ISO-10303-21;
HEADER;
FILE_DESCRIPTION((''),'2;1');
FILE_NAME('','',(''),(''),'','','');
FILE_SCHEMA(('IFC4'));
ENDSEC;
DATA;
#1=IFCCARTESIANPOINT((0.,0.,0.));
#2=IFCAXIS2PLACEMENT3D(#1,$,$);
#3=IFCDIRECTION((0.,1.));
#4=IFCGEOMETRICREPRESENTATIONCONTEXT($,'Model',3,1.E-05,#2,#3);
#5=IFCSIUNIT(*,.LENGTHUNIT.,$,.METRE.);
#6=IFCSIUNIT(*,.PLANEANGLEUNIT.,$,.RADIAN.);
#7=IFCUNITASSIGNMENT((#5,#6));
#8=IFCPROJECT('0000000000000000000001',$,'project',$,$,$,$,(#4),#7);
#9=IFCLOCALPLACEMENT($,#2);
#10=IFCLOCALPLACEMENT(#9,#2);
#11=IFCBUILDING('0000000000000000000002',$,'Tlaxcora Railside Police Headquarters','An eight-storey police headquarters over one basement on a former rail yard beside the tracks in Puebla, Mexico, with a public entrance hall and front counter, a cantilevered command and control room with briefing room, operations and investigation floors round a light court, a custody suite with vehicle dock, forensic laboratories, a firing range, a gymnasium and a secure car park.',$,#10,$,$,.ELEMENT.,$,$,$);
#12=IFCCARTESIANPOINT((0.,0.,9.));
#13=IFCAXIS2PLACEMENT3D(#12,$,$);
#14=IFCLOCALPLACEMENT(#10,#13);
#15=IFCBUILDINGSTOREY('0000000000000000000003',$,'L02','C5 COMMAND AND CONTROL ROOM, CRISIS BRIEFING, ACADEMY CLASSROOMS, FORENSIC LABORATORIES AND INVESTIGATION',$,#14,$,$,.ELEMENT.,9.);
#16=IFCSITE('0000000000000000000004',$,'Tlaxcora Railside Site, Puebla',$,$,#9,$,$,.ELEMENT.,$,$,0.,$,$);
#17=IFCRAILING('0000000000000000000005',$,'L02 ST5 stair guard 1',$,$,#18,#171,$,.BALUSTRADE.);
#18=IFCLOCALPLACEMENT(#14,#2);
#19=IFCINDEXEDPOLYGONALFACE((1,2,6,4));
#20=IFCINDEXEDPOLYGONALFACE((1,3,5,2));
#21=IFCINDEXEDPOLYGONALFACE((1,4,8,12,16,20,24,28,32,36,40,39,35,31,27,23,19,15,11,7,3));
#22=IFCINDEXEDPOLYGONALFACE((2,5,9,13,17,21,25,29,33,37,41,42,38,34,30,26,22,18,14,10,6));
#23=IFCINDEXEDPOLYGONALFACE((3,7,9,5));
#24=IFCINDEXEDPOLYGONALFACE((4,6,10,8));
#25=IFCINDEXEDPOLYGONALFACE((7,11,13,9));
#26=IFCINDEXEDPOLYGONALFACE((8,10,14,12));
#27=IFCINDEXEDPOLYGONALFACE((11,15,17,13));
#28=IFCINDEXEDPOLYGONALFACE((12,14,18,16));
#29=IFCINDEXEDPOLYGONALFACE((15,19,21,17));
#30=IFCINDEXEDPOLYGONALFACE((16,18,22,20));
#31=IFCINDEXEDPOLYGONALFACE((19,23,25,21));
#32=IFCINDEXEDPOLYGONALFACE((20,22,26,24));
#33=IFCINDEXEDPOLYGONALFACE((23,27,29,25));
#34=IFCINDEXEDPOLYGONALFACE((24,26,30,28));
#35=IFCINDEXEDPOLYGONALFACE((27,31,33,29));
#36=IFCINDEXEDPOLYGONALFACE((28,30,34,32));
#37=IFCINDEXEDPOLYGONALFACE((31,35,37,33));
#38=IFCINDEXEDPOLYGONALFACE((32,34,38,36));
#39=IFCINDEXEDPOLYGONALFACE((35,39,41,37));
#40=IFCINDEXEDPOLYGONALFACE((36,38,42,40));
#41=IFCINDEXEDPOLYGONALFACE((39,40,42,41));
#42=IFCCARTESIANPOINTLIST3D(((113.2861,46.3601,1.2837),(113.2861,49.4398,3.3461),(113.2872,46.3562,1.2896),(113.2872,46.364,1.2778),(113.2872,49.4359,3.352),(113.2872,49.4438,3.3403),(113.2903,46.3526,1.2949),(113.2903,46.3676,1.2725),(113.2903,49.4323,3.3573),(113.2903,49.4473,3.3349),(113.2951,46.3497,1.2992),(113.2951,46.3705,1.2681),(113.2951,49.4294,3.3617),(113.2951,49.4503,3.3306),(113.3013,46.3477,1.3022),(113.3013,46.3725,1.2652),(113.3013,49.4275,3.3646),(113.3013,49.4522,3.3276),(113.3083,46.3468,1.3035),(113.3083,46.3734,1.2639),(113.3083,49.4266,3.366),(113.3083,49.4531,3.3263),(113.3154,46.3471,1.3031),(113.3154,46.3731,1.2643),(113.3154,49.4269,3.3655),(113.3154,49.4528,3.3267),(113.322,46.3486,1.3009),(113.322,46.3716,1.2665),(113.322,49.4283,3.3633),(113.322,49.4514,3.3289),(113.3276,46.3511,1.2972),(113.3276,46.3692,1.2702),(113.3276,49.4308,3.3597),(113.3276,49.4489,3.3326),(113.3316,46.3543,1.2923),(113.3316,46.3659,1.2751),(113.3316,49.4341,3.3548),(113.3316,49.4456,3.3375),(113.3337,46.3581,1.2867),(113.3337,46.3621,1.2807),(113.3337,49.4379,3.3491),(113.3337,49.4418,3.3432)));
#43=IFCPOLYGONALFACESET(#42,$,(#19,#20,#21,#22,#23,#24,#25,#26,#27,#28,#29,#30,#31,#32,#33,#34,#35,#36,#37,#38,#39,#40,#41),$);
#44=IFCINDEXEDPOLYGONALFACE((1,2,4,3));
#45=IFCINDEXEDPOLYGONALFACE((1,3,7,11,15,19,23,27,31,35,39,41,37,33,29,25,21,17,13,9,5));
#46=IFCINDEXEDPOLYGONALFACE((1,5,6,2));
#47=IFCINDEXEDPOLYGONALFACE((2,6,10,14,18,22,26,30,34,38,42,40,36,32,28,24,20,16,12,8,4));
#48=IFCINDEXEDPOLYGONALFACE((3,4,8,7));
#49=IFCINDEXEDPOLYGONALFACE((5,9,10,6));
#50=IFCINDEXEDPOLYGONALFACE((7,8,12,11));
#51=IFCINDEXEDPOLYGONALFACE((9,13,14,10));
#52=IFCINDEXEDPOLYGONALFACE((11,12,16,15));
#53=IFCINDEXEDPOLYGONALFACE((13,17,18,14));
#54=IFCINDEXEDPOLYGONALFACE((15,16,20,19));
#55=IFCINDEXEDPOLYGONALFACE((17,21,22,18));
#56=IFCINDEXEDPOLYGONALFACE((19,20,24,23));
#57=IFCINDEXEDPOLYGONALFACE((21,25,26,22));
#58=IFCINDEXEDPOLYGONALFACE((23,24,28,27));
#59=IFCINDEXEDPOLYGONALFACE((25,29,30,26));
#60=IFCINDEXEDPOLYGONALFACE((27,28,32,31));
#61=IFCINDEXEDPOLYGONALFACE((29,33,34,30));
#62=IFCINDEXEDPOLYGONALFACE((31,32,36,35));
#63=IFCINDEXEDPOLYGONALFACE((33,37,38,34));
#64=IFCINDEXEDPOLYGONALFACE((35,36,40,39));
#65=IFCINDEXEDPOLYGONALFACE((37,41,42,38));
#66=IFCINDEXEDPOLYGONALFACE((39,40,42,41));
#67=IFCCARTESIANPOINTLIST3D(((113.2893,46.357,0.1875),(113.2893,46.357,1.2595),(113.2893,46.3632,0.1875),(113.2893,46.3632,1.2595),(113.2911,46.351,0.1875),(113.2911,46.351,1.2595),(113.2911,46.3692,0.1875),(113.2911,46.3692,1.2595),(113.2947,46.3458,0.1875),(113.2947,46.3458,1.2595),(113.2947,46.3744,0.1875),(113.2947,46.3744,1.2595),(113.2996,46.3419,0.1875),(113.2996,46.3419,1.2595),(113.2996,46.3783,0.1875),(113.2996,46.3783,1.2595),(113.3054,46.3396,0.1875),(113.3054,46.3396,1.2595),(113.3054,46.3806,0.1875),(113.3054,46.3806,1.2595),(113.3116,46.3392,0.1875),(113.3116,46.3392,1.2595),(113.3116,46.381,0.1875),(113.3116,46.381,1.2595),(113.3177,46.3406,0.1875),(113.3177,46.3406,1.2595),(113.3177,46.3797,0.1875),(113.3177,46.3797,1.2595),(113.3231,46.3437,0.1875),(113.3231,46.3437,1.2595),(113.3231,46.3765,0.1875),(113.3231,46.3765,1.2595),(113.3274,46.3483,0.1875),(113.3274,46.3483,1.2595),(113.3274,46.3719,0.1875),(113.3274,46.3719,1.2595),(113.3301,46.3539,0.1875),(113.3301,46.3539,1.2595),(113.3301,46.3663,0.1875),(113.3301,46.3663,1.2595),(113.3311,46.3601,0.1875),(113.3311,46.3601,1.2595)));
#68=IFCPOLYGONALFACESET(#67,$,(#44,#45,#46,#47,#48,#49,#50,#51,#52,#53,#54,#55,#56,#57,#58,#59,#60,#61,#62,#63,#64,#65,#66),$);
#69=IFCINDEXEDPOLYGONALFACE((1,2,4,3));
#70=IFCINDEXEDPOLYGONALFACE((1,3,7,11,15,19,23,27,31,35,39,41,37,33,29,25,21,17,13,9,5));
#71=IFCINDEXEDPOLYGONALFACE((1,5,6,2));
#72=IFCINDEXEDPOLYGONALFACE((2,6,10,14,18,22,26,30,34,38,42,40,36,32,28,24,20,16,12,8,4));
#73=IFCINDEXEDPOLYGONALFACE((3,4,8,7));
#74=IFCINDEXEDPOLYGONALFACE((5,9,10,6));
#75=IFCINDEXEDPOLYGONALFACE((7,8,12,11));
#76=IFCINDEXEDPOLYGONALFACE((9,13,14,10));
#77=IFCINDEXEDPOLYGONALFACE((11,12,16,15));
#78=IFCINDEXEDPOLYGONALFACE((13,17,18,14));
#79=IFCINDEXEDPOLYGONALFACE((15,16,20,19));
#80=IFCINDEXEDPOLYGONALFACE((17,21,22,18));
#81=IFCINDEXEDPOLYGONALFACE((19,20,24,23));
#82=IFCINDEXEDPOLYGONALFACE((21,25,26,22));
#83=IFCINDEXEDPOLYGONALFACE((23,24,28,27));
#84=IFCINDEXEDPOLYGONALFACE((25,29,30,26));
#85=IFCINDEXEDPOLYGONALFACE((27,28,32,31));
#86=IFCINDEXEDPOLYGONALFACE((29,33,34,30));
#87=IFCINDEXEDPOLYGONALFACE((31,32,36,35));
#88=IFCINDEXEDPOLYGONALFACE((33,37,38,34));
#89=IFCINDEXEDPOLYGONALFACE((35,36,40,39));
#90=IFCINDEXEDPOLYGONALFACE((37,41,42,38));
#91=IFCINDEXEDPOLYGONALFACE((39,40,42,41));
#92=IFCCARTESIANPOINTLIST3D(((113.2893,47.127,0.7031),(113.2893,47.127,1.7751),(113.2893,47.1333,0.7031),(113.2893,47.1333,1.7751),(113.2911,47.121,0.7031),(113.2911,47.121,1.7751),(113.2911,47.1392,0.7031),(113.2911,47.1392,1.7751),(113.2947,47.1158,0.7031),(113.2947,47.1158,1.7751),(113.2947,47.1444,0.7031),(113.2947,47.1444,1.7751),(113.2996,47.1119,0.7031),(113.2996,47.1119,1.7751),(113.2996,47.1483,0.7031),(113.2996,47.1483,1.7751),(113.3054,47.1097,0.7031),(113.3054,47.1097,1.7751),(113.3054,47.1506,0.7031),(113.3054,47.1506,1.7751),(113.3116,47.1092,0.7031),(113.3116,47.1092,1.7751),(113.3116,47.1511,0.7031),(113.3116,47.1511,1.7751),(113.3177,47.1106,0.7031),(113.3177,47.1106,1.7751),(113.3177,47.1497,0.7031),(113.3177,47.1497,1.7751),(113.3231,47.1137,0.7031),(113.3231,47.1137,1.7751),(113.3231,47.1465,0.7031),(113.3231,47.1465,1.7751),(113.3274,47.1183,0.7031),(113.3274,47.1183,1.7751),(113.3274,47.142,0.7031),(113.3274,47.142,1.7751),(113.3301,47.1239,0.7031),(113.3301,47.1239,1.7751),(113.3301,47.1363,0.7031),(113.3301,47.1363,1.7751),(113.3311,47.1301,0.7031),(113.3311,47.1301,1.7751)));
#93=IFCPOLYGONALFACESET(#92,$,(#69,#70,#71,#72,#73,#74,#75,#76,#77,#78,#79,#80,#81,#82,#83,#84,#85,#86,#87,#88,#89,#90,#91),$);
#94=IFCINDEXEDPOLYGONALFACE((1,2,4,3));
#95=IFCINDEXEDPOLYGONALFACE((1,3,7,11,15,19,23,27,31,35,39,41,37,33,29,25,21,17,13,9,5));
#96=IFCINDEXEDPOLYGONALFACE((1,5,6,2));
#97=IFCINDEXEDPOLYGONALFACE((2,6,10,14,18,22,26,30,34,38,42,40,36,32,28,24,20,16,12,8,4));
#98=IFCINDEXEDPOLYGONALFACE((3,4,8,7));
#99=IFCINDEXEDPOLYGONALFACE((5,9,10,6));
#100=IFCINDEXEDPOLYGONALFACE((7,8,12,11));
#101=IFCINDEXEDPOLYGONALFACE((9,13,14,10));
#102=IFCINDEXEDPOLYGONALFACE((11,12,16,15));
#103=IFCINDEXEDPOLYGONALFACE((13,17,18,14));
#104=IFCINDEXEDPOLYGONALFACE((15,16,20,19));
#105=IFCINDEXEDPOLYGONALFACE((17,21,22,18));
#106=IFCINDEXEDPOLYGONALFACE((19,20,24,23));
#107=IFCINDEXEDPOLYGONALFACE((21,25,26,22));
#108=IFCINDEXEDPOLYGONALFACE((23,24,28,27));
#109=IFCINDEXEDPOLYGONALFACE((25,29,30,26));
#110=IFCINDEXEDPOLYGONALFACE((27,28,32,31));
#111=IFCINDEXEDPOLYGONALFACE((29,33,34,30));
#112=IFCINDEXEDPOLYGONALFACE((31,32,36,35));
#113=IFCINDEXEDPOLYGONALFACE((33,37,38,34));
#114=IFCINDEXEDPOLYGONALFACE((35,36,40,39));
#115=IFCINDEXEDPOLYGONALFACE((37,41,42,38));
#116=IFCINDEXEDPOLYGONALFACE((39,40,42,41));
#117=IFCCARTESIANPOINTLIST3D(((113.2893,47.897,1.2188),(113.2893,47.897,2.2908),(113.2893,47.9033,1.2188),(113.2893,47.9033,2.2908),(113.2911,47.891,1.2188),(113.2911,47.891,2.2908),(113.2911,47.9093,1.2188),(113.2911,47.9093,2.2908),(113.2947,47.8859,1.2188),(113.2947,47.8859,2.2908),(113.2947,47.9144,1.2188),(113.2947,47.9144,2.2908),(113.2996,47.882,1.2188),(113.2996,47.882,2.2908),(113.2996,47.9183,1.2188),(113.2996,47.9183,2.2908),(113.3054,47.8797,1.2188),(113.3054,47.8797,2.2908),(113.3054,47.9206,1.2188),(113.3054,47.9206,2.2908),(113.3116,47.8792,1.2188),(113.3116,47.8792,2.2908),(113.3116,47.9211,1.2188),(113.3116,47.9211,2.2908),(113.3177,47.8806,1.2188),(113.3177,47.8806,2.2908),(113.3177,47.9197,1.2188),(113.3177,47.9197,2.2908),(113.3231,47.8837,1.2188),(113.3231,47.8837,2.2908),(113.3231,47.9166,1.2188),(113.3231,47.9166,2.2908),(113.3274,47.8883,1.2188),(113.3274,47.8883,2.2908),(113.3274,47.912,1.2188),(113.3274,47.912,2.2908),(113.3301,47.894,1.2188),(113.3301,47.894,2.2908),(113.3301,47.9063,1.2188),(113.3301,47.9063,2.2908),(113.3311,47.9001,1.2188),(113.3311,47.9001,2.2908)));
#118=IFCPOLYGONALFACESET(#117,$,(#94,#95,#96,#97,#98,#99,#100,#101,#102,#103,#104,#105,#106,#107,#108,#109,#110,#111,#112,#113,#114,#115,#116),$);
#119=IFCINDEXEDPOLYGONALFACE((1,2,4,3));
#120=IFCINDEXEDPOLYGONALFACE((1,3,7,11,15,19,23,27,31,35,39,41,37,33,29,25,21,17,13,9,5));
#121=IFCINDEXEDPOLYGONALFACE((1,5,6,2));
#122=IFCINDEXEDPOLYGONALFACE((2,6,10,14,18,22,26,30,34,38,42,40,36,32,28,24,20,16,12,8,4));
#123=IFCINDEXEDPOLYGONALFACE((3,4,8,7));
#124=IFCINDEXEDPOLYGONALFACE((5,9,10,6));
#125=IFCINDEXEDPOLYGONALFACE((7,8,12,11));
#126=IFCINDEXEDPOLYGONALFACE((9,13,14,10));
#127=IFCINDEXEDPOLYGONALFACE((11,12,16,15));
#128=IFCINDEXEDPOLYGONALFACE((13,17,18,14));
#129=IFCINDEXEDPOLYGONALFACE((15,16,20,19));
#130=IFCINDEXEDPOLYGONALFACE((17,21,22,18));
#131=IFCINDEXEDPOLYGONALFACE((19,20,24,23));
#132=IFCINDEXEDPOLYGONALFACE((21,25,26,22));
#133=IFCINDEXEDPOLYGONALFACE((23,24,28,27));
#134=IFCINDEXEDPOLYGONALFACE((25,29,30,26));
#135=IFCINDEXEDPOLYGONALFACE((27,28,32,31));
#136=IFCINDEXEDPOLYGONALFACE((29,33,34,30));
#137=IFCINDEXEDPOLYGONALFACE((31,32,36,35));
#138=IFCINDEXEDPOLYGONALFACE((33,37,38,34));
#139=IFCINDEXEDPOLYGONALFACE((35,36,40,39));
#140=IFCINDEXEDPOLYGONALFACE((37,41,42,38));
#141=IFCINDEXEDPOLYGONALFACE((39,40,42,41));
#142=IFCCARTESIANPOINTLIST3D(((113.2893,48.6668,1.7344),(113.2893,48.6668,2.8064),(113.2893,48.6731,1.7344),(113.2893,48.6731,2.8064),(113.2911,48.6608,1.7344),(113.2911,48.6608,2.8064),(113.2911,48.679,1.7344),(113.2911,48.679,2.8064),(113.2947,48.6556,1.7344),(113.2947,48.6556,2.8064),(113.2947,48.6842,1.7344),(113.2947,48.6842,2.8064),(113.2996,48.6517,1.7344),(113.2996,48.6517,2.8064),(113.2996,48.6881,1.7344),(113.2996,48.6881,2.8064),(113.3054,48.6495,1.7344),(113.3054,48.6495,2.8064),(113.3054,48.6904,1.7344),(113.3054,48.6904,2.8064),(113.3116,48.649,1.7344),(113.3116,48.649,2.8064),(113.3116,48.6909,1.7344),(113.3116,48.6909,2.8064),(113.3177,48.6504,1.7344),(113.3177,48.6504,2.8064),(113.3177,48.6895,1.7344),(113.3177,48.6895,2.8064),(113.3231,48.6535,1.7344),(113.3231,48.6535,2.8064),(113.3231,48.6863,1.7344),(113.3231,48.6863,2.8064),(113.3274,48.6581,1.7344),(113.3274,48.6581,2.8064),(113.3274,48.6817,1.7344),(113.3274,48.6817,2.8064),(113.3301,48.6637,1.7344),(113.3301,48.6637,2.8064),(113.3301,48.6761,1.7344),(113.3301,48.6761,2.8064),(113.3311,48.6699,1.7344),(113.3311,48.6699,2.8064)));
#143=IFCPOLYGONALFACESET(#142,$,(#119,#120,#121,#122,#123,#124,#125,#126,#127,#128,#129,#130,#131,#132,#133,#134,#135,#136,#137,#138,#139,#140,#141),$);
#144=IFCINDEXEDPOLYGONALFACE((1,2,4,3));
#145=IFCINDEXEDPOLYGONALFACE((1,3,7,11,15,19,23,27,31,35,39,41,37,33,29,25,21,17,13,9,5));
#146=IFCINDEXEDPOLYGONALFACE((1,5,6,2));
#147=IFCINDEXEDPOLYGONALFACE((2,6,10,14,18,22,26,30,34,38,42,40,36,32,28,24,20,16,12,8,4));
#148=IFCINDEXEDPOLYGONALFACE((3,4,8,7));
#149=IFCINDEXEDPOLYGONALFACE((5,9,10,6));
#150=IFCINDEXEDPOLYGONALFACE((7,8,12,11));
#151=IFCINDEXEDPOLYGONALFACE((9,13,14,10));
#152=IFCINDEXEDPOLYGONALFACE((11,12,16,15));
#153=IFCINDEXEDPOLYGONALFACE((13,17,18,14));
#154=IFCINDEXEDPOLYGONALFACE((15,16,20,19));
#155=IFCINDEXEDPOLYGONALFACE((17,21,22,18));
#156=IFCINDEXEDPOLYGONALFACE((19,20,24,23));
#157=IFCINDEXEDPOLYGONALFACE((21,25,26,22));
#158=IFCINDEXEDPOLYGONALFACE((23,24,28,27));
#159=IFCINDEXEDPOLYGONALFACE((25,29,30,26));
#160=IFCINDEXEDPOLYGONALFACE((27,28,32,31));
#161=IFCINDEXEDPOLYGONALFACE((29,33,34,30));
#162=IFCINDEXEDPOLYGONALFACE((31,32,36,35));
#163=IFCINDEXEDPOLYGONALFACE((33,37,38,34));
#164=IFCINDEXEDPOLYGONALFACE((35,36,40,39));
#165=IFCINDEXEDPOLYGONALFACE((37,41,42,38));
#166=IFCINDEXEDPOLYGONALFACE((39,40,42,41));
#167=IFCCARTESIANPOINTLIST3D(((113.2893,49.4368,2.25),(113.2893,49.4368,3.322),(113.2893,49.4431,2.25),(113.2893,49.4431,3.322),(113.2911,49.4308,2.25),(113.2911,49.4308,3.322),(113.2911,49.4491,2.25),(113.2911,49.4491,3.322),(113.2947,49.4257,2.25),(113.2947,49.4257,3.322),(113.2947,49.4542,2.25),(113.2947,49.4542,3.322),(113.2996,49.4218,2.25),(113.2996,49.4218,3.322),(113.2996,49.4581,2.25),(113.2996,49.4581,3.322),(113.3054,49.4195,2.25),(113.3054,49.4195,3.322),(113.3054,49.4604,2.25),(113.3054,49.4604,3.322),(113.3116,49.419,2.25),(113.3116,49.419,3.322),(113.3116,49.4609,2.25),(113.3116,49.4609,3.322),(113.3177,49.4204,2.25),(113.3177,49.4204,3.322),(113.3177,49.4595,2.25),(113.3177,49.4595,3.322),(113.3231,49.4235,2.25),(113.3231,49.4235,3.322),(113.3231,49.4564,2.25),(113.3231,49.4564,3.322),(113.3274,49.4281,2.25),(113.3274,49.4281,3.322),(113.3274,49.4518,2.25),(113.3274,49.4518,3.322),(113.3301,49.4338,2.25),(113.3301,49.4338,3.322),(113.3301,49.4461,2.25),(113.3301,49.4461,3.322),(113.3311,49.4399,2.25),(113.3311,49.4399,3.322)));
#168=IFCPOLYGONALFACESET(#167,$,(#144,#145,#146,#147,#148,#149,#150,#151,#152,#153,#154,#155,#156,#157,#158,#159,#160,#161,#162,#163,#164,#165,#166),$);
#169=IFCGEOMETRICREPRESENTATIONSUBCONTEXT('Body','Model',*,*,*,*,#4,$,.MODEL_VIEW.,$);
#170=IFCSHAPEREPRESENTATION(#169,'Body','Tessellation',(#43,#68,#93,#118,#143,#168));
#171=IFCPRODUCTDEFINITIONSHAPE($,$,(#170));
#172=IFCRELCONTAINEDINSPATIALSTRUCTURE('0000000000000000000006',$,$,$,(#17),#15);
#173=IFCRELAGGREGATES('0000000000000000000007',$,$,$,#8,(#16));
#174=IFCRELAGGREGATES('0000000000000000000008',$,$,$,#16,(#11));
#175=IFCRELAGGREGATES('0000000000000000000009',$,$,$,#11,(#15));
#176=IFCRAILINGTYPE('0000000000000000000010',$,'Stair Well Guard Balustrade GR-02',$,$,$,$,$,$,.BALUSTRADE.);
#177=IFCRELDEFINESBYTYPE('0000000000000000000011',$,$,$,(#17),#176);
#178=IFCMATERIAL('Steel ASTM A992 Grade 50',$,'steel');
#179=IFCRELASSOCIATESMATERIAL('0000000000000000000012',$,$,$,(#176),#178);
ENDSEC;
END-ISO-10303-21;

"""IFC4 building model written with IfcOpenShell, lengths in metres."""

from ifc_helpers import new_model, si_unit, direction, frame, origin, origin_2d, place, context, subcontext, project, spatial, circle, extrude, material, type_object, element, save


model = new_model("IFC4")

# Units and contexts
model_context = context("Model", 3, precision=1e-05, world=origin(), true_north=direction((0.0, 1.0)))
body_context = subcontext(model_context, "Body", "Model", "MODEL_VIEW")
ifc_project = project(units=[si_unit("LENGTHUNIT", "METRE"), si_unit("PLANEANGLEUNIT", "RADIAN")], contexts=[model_context])

# Site, building, storey
site_placement = place(None, origin())
site = spatial("IfcSite", under=ifc_project, at=site_placement, Name="Tlaxcora Railside Site, Puebla", CompositionType="ELEMENT", RefElevation=0.0)
building_placement = place(site_placement, origin())
building = spatial("IfcBuilding", under=site, at=building_placement, Name="Tlaxcora Railside Police Headquarters", Description="An eight-storey police headquarters over one basement on a former rail yard beside the tracks in Puebla, Mexico, with a public entrance hall and front counter, a cantilevered command and control room with briefing room, operations and investigation floors round a light court, a custody suite with vehicle dock, forensic laboratories, a firing range, a gymnasium and a secure car park.", CompositionType="ELEMENT")
storey_placement = place(building_placement, frame((0.0, 0.0, 9.0)))
storey = spatial("IfcBuildingStorey", under=building, at=storey_placement, Name="L02", Description="C5 COMMAND AND CONTROL ROOM, CRISIS BRIEFING, ACADEMY CLASSROOMS, FORENSIC LABORATORIES AND INVESTIGATION", CompositionType="ELEMENT", Elevation=9.0)

# Shared definitions
ifc_material_1 = material(Name="Steel ASTM A992 Grade 50", Category="steel")

# Railing
railing_type_1 = type_object("IfcRailingType", Name="Stair Well Guard Balustrade GR-02", PredefinedType="BALUSTRADE", material=ifc_material_1)
railing_1_placement = place(storey_placement, frame((113.3101, 46.3601, 0.1875)))
element("IfcRailing", 1, at=railing_1_placement, inside=storey, type_object=railing_type_1, Name="L02 ST5 stair guard 1", PredefinedType="BALUSTRADE", context=body_context, shape_type="SweptSolid", body=[
    extrude(circle(Radius=0.0239, at=origin_2d()), frame((0.0, 0.0, 1.0962), z_axis=(0.0, 0.830893, 0.556432), x_axis=(-1.0, 0.0, 0.0)), (0.0, 0.0, 1.0), 3.7065),
    extrude(circle(Radius=0.021, at=origin_2d()), origin(), (0.0, 0.0, 1.0), 1.072),
    extrude(circle(Radius=0.021, at=origin_2d()), frame((0.0, 0.77, 0.5156)), (0.0, 0.0, 1.0), 1.072),
    extrude(circle(Radius=0.021, at=origin_2d()), frame((0.0, 1.54, 1.0312)), (0.0, 0.0, 1.0), 1.072),
    extrude(circle(Radius=0.021, at=origin_2d()), frame((0.0, 2.3098, 1.5469)), (0.0, 0.0, 1.0), 1.072),
    extrude(circle(Radius=0.021, at=origin_2d()), frame((0.0, 3.0798, 2.0625)), (0.0, 0.0, 1.0), 1.072),
])

save(model, "model.ifc")
